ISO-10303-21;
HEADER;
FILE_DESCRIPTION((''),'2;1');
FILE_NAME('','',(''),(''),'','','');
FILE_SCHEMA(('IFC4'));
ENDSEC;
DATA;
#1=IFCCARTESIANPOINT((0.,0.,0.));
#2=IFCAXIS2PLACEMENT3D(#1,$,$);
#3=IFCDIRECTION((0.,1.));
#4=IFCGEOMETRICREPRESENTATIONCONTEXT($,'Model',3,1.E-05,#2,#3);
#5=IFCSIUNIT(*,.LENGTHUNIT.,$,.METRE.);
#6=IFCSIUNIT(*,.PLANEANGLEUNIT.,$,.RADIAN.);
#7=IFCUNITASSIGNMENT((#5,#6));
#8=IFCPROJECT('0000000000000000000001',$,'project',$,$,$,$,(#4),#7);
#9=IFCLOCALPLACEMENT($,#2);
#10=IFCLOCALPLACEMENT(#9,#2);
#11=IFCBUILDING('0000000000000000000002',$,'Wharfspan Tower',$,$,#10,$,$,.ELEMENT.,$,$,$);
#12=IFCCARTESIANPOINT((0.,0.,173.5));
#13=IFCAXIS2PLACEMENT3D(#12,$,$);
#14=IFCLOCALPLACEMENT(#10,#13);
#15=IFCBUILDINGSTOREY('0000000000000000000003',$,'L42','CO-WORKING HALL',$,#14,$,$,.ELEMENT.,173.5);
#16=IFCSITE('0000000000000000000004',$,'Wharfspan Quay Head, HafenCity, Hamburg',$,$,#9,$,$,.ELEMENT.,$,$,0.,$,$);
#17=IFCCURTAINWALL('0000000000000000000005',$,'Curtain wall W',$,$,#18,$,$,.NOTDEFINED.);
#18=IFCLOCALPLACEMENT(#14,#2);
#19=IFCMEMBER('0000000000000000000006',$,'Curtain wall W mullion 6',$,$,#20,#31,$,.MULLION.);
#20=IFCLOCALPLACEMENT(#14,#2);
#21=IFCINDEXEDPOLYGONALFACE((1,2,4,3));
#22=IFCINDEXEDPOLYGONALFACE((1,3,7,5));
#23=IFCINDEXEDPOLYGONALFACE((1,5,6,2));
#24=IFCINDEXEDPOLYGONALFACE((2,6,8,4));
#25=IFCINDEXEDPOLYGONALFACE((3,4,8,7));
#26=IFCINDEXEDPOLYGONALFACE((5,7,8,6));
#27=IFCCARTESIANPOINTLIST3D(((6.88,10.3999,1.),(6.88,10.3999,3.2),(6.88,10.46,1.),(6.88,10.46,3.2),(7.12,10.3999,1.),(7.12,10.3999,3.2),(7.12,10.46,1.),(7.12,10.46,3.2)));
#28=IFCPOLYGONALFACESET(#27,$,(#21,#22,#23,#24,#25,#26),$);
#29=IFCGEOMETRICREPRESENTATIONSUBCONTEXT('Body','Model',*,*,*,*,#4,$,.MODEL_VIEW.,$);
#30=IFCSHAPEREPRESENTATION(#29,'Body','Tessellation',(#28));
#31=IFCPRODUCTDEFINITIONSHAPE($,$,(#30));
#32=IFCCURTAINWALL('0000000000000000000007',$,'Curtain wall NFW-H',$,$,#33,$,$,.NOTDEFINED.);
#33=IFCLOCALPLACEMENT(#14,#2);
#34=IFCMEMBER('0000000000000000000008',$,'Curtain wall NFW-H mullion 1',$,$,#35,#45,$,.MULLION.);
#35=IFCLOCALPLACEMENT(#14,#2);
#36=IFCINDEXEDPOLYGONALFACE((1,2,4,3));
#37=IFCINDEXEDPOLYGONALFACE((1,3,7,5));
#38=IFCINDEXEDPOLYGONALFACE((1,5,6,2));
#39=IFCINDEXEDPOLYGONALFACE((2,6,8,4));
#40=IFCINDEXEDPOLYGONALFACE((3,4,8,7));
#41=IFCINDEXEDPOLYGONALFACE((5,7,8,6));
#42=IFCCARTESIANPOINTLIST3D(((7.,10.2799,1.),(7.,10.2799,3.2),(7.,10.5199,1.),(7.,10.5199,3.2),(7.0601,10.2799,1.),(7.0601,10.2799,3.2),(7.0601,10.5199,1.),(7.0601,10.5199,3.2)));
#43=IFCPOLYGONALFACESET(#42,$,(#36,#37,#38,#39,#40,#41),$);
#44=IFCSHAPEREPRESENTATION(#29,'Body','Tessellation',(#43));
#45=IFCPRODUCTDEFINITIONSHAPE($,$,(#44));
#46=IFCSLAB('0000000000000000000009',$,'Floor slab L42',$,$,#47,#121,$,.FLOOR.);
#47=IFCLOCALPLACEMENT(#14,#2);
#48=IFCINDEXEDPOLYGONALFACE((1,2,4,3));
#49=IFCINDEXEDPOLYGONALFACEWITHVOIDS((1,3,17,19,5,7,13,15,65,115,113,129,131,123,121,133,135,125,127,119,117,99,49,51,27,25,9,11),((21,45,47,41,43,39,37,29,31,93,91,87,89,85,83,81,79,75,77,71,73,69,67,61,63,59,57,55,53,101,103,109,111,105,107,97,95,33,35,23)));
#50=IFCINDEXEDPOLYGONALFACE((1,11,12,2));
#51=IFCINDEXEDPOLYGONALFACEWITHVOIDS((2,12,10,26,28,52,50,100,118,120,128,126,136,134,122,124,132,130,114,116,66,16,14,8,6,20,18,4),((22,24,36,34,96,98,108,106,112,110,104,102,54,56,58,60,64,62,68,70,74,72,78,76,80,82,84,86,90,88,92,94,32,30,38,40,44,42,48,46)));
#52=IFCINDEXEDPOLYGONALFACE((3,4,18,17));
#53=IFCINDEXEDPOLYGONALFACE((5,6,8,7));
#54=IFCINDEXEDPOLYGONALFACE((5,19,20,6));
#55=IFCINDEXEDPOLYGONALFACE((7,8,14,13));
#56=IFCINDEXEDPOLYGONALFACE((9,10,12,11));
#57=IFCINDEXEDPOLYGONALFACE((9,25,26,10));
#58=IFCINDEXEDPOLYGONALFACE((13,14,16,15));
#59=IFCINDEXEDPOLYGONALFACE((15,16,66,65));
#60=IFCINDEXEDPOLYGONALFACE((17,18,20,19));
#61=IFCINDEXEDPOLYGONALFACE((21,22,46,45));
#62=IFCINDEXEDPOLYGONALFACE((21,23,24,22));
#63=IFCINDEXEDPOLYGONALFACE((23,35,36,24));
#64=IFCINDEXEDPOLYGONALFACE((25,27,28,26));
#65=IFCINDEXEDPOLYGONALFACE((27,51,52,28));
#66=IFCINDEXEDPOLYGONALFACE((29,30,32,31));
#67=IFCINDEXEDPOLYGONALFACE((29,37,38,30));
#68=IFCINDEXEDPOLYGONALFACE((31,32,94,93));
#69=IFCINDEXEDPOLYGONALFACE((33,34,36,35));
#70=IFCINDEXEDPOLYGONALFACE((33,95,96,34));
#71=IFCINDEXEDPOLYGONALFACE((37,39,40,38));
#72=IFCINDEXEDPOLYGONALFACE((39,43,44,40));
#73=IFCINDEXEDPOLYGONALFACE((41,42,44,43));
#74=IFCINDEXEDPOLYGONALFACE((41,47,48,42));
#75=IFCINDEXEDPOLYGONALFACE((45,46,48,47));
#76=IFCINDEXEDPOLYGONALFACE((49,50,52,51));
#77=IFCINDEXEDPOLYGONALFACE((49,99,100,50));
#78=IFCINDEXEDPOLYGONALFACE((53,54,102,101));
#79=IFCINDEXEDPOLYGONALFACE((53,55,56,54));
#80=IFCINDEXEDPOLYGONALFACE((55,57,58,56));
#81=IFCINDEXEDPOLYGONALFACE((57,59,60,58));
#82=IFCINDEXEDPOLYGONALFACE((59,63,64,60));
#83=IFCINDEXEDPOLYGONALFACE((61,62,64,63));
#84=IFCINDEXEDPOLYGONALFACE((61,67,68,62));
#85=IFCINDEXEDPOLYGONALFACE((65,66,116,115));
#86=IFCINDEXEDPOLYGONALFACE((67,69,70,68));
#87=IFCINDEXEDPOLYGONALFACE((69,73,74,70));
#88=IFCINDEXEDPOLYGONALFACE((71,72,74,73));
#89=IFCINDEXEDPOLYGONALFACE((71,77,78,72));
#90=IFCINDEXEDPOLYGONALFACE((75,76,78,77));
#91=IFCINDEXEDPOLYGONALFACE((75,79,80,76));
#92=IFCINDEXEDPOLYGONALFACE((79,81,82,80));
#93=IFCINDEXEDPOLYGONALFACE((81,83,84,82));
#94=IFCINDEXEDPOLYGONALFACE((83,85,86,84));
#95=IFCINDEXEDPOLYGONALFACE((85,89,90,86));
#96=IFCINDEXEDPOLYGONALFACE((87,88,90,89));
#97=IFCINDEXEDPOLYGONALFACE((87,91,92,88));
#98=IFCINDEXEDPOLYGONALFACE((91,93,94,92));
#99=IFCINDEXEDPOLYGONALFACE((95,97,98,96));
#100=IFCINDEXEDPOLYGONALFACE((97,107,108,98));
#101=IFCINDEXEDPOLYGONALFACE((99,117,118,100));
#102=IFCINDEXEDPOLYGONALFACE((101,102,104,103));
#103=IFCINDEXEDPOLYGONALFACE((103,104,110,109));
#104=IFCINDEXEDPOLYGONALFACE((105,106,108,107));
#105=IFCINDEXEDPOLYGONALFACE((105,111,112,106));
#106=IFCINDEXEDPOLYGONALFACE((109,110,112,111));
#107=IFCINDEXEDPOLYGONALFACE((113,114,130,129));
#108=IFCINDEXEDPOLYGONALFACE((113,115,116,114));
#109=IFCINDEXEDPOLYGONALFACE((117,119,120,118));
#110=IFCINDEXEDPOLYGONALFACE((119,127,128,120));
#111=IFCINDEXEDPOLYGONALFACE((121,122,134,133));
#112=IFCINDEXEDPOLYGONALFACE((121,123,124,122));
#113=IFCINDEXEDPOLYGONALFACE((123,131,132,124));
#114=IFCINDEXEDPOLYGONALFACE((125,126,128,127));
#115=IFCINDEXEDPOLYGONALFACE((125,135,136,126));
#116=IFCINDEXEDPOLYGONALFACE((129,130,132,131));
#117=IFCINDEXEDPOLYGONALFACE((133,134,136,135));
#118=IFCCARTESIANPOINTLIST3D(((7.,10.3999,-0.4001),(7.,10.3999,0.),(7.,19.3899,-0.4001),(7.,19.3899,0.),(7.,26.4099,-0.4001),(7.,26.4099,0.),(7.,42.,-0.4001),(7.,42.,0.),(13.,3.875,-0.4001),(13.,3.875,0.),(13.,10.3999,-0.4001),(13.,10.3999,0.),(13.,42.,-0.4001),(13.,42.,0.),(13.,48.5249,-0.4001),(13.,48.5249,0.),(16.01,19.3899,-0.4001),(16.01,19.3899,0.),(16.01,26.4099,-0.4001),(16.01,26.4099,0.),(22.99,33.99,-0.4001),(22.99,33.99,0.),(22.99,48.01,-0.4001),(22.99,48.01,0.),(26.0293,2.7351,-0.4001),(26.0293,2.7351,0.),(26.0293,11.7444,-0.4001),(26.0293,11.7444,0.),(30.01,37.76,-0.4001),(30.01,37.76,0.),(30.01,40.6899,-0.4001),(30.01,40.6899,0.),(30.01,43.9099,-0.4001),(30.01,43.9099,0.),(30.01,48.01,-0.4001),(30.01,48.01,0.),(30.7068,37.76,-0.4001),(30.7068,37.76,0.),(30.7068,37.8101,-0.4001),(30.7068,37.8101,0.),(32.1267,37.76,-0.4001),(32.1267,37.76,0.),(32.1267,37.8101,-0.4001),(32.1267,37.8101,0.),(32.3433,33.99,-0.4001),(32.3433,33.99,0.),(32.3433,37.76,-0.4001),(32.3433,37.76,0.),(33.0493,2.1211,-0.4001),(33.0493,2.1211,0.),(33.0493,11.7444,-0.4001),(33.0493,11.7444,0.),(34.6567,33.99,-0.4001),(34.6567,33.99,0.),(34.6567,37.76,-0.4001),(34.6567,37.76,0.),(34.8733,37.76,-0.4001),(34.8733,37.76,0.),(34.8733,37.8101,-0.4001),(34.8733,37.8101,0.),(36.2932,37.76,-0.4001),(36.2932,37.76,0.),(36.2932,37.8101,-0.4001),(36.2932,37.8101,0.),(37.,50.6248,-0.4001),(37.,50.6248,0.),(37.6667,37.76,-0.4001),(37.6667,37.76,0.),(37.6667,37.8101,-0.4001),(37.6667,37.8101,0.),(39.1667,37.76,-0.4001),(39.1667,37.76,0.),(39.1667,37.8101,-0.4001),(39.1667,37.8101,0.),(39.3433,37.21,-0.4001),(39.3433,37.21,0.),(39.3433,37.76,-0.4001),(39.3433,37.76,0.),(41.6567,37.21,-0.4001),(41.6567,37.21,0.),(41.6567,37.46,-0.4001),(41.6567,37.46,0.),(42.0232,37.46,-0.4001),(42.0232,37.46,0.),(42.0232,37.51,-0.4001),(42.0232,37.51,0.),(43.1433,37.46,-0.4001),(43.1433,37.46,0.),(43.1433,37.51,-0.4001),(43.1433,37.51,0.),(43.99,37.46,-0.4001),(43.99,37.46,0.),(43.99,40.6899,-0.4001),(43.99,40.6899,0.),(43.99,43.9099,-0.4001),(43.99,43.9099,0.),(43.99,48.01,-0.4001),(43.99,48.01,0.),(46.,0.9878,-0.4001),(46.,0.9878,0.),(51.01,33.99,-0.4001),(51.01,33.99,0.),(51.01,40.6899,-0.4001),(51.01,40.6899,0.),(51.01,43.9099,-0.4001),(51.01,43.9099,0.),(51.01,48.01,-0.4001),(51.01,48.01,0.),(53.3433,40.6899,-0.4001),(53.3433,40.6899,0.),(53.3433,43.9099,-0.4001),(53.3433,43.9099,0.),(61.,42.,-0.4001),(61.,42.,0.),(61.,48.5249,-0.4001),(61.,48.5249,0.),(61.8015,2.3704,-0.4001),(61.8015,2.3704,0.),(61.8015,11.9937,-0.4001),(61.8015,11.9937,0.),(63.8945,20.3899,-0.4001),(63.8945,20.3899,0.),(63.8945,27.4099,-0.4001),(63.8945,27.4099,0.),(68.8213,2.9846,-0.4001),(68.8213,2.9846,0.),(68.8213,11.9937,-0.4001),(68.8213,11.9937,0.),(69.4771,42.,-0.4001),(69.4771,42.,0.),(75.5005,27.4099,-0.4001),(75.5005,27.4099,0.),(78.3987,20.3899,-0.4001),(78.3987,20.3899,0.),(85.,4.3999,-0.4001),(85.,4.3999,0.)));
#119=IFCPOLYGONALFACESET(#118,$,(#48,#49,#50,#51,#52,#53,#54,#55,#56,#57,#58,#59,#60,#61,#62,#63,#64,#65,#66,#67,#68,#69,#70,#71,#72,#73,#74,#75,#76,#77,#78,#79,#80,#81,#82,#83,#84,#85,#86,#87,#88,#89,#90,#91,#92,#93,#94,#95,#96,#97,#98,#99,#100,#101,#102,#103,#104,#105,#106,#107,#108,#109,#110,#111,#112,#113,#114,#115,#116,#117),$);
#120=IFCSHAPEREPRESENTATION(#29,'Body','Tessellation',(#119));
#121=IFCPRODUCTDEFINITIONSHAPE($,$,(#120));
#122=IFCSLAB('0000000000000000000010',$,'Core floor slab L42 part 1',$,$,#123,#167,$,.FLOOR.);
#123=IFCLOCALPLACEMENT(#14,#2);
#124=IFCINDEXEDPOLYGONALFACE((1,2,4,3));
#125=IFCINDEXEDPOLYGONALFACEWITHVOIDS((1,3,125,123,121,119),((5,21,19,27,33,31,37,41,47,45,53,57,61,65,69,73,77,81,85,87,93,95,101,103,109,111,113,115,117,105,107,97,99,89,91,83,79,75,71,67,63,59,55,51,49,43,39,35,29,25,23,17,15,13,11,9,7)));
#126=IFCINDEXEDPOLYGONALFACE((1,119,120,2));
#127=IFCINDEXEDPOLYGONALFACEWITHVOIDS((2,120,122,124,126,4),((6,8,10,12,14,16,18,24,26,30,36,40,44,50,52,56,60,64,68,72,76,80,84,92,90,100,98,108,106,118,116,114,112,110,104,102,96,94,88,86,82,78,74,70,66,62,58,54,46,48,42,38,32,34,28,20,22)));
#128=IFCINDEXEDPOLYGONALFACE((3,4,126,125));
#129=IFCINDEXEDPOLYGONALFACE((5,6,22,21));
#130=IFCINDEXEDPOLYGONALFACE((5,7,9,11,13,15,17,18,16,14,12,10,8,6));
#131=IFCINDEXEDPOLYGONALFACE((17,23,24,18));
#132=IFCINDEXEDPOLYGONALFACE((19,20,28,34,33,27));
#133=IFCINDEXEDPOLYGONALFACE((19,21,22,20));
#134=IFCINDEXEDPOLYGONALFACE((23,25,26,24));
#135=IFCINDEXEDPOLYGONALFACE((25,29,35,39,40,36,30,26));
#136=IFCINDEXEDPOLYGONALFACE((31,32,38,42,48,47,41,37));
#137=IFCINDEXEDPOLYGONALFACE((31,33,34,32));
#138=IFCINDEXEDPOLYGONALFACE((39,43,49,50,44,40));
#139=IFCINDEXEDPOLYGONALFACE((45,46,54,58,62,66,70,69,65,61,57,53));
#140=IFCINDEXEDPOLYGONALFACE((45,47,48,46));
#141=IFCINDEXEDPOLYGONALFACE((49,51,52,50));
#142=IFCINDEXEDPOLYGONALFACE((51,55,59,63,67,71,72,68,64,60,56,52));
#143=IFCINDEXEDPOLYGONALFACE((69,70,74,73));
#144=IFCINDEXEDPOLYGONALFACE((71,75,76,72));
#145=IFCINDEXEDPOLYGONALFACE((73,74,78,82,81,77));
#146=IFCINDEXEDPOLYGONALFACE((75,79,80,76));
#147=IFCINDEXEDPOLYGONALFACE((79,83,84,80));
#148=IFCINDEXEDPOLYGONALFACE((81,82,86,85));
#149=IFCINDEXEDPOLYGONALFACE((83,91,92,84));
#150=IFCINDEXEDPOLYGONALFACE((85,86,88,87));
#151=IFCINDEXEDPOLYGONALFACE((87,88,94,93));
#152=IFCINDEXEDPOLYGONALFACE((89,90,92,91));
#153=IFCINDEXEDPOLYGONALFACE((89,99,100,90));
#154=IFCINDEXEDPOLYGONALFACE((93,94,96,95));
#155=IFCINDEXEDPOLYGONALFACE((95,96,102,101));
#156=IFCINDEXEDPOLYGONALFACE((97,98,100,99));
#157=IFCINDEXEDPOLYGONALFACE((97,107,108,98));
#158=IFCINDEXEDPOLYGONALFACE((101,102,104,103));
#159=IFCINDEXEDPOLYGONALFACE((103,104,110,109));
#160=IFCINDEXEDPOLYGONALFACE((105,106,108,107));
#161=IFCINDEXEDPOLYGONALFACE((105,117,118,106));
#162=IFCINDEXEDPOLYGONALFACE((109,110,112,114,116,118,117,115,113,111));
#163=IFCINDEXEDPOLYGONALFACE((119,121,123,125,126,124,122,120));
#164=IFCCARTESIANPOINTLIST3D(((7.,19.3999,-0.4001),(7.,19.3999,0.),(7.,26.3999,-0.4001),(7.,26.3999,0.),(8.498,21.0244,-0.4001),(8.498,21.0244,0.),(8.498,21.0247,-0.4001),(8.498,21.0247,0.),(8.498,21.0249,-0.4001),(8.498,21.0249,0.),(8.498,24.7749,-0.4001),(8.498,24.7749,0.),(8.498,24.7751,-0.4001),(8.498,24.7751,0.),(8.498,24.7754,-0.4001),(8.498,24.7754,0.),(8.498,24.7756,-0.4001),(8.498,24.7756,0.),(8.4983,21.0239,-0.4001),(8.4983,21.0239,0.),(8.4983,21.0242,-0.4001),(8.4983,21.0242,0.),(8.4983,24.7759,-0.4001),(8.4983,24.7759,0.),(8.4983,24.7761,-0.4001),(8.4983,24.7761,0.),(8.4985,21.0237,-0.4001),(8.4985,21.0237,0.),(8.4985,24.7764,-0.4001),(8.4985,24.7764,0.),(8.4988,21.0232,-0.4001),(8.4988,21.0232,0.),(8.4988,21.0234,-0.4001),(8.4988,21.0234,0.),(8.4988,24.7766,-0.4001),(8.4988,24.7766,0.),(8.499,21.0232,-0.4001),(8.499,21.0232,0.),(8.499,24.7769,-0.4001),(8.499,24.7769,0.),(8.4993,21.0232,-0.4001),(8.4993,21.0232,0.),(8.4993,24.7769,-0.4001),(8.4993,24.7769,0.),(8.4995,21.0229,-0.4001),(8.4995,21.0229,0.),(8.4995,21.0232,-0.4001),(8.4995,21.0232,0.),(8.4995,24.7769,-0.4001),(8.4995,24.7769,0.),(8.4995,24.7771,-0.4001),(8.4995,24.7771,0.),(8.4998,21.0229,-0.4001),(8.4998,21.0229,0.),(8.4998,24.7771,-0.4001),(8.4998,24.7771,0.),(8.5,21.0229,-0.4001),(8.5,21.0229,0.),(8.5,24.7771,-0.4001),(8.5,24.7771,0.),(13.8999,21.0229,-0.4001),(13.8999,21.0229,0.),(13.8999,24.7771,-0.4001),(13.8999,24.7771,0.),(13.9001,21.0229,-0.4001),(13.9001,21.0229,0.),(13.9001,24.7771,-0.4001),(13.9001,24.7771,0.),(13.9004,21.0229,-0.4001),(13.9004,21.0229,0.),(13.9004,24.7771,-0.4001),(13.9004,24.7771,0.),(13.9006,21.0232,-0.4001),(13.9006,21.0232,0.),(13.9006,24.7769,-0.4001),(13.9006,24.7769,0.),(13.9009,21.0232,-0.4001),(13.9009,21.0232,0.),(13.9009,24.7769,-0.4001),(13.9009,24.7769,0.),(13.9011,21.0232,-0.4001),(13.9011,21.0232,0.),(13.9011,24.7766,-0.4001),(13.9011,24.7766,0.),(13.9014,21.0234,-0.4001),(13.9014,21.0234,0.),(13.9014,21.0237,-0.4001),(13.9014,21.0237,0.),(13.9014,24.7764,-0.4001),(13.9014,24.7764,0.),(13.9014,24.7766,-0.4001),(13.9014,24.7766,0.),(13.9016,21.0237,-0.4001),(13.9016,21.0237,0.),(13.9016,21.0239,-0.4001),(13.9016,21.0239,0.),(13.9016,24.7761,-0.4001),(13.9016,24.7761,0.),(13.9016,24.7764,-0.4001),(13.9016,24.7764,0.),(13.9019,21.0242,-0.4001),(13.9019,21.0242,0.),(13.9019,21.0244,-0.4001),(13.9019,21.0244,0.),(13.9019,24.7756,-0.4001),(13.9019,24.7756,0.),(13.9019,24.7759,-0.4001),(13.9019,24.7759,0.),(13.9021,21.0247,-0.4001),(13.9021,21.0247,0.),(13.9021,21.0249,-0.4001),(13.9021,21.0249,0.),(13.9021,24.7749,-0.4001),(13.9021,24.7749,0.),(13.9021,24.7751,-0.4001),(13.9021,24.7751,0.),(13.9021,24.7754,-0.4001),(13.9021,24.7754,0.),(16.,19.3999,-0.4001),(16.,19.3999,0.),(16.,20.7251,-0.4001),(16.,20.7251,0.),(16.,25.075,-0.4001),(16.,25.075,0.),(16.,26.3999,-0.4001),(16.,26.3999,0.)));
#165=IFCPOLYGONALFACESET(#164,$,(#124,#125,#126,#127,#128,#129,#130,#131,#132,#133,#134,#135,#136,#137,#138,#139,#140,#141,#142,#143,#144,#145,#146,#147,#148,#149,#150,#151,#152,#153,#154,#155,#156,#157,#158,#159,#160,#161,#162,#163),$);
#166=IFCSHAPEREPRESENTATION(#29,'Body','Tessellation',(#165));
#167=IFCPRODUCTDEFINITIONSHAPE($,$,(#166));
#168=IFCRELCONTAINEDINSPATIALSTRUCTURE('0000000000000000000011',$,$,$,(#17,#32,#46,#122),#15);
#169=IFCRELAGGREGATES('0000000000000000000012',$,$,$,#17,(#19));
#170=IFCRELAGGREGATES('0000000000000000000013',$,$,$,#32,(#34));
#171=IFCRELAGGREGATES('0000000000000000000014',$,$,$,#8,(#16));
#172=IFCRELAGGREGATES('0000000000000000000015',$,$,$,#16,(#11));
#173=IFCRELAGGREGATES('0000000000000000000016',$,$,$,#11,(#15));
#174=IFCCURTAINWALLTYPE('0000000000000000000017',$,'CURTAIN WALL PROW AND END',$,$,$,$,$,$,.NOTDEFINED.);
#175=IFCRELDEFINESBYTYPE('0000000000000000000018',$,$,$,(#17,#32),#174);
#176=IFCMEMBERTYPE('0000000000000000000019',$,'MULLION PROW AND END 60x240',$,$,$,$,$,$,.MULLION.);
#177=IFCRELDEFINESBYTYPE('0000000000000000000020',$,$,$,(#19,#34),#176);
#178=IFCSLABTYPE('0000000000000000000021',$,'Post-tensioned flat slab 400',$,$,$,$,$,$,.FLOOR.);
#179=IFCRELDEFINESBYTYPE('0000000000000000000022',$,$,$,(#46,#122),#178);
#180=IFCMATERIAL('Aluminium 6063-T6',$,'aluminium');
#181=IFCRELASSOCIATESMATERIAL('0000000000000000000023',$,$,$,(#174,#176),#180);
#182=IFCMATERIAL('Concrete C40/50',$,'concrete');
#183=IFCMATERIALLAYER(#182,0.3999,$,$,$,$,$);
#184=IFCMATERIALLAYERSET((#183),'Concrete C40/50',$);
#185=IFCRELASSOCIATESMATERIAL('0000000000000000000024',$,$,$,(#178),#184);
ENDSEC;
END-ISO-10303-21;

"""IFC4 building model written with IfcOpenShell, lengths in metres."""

from ifc_helpers import new_model, si_unit, direction, frame, origin, origin_2d, place, context, subcontext, project, spatial, polyline, rectangle, outline, extrude, material, layer, layer_set, material_profile, profile_set, type_object, element, aggregate, save


model = new_model("IFC4")

# Units and contexts
model_context = context("Model", 3, precision=1e-05, world=origin(), true_north=direction((0.0, 1.0)))
body_context = subcontext(model_context, "Body", "Model", "MODEL_VIEW")
ifc_project = project(units=[si_unit("LENGTHUNIT", "METRE"), si_unit("PLANEANGLEUNIT", "RADIAN")], contexts=[model_context])

# Site, building, storey
site_placement = place(None, origin())
site = spatial("IfcSite", under=ifc_project, at=site_placement, Name="Wharfspan Quay Head, HafenCity, Hamburg", CompositionType="ELEMENT", RefElevation=0.0)
building_placement = place(site_placement, origin())
building = spatial("IfcBuilding", under=site, at=building_placement, Name="Wharfspan Tower", CompositionType="ELEMENT")
storey_placement = place(building_placement, frame((0.0, 0.0, 173.5)))
storey = spatial("IfcBuildingStorey", under=building, at=storey_placement, Name="L42", Description="CO-WORKING HALL", CompositionType="ELEMENT", Elevation=173.5)

# Curtain walls, members
ifc_material_1 = material(Name="Aluminium 6063-T6", Category="aluminium")
curtain_wall_type = type_object("IfcCurtainWallType", Name="CURTAIN WALL PROW AND END", PredefinedType="NOTDEFINED", material=ifc_material_1)
curtain_wall_1_placement = place(storey_placement, origin())
curtain_wall_1 = element("IfcCurtainWall", 1, at=curtain_wall_1_placement, inside=storey, type_object=curtain_wall_type, Name="Curtain wall W", PredefinedType="NOTDEFINED")
ifc_material_profile = material_profile(ifc_material_1, rectangle(XDim=0.24, YDim=0.0601, at=origin_2d()))
ifc_profile_set = profile_set([ifc_material_profile], Name="Aluminium 6063-T6")
member_type = type_object("IfcMemberType", Name="MULLION PROW AND END 60x240", PredefinedType="MULLION", material=ifc_profile_set)
member_1_placement = place(storey_placement, frame((7.0, 10.4299, 1.0), z_axis=(0.0, 0.0, 1.0), x_axis=(1.0, 0.0, 0.0)))
member_1 = element("IfcMember", 2, at=member_1_placement, type_object=member_type, Name="Curtain wall W mullion 6", PredefinedType="MULLION", context=body_context, shape_type="SweptSolid", body=[
    extrude(rectangle(XDim=0.24, YDim=0.0601, at=origin_2d()), origin(), (0.0, 0.0, 1.0), 2.2),
])
aggregate(curtain_wall_1, [member_1])
curtain_wall_2_placement = place(storey_placement, origin())
curtain_wall_2 = element("IfcCurtainWall", 3, at=curtain_wall_2_placement, inside=storey, type_object=curtain_wall_type, Name="Curtain wall NFW-H", PredefinedType="NOTDEFINED")
member_2_placement = place(storey_placement, frame((7.03, 10.3999, 1.0), z_axis=(0.0, 0.0, 1.0), x_axis=(0.0, 1.0, 0.0)))
member_2 = element("IfcMember", 4, at=member_2_placement, type_object=member_type, Name="Curtain wall NFW-H mullion 1", PredefinedType="MULLION", context=body_context, shape_type="SweptSolid", body=[
    extrude(rectangle(XDim=0.24, YDim=0.0601, at=origin_2d()), origin(), (0.0, 0.0, 1.0), 2.2),
])
aggregate(curtain_wall_2, [member_2])

# Slabs
ifc_material_2 = material(Name="Concrete C40/50", Category="concrete")
ifc_layer_1 = layer(ifc_material_2, 0.3999)
ifc_layer_set_1 = layer_set([ifc_layer_1], Name="Concrete C40/50")
slab_type_1 = type_object("IfcSlabType", Name="Post-tensioned flat slab 400", PredefinedType="FLOOR", material=ifc_layer_set_1)
slab_1_placement = place(storey_placement, frame((0.0, 0.0, -0.4001)))
element("IfcSlab", 5, at=slab_1_placement, inside=storey, type_object=slab_type_1, Name="Floor slab L42", PredefinedType="FLOOR", context=body_context, shape_type="SweptSolid", body=[
    extrude(outline(polyline([(26.0293, 2.7351), (26.0293, 11.7444), (33.0493, 11.7444), (33.0493, 2.1211), (46.0, 0.9878), (61.8015, 2.3704), (61.8015, 11.9937), (68.8213, 11.9937), (68.8213, 2.9846), (85.0, 4.3999), (78.3987, 20.3899), (63.8945, 20.3899), (63.8945, 27.4099), (75.5005, 27.4099), (69.4771, 42.0), (61.0, 42.0), (61.0, 48.5249), (37.0, 50.6248), (13.0, 48.5249), (13.0, 42.0), (7.0, 42.0), (7.0, 26.4099), (16.01, 26.4099), (16.01, 19.3899), (7.0, 19.3899), (7.0, 10.3999), (13.0, 10.3999), (13.0, 3.875), (26.0293, 2.7351)]), holes=[polyline([(32.1267, 37.76), (32.3433, 37.76), (32.3433, 33.99), (22.99, 33.99), (22.99, 48.01), (30.01, 48.01), (30.01, 43.9099), (43.99, 43.9099), (43.99, 48.01), (51.01, 48.01), (51.01, 43.9099), (53.3433, 43.9099), (53.3433, 40.6899), (51.01, 40.6899), (51.01, 33.99), (34.6567, 33.99), (34.6567, 37.76), (34.8733, 37.76), (34.8733, 37.8101), (36.2932, 37.8101), (36.2932, 37.76), (37.6667, 37.76), (37.6667, 37.8101), (39.1667, 37.8101), (39.1667, 37.76), (39.3433, 37.76), (39.3433, 37.21), (41.6567, 37.21), (41.6567, 37.46), (42.0232, 37.46), (42.0232, 37.51), (43.1433, 37.51), (43.1433, 37.46), (43.99, 37.46), (43.99, 40.6899), (30.01, 40.6899), (30.01, 37.76), (30.7068, 37.76), (30.7068, 37.8101), (32.1267, 37.8101), (32.1267, 37.76)])]), origin(), (0.0, 0.0, 1.0), 0.4001),
])
slab_2_placement = place(storey_placement, frame((0.0, 0.0, -0.4001)))
element("IfcSlab", 6, at=slab_2_placement, inside=storey, type_object=slab_type_1, Name="Core floor slab L42 part 1", PredefinedType="FLOOR", context=body_context, shape_type="SweptSolid", body=[
    extrude(outline(polyline([(16.0, 20.7251), (16.0, 25.075), (16.0, 26.3999), (7.0, 26.3999), (7.0, 19.3999), (16.0, 19.3999), (16.0, 20.7251)]), holes=[polyline([(13.8999, 24.7771), (13.9001, 24.7771), (13.9004, 24.7771), (13.9006, 24.7769), (13.9009, 24.7769), (13.9009, 24.7769), (13.9011, 24.7766), (13.9014, 24.7766), (13.9014, 24.7764), (13.9016, 24.7764), (13.9016, 24.7761), (13.9019, 24.7759), (13.9019, 24.7759), (13.9019, 24.7756), (13.9021, 24.7754), (13.9021, 24.7751), (13.9021, 24.7749), (13.9021, 21.0249), (13.9021, 21.0249), (13.9021, 21.0247), (13.9019, 21.0244), (13.9019, 21.0242), (13.9019, 21.0242), (13.9016, 21.0239), (13.9016, 21.0237), (13.9014, 21.0237), (13.9014, 21.0234), (13.9011, 21.0232), (13.9009, 21.0232), (13.9009, 21.0232), (13.9006, 21.0232), (13.9004, 21.0229), (13.9001, 21.0229), (13.8999, 21.0229), (8.5, 21.0229), (8.4998, 21.0229), (8.4995, 21.0229), (8.4995, 21.0232), (8.4993, 21.0232), (8.499, 21.0232), (8.4988, 21.0232), (8.4988, 21.0234), (8.4985, 21.0237), (8.4985, 21.0237), (8.4983, 21.0239), (8.4983, 21.0242), (8.4983, 21.0242), (8.498, 21.0244), (8.498, 21.0247), (8.498, 21.0249), (8.498, 21.0249), (8.498, 24.7749), (8.498, 24.7751), (8.498, 24.7754), (8.498, 24.7756), (8.4983, 24.7759), (8.4983, 24.7759), (8.4983, 24.7761), (8.4985, 24.7764), (8.4985, 24.7764), (8.4988, 24.7766), (8.4988, 24.7766), (8.499, 24.7769), (8.4993, 24.7769), (8.4995, 24.7769), (8.4995, 24.7771), (8.4998, 24.7771), (8.5, 24.7771), (13.8999, 24.7771)])]), origin(), (0.0, 0.0, 1.0), 0.4001),
])

save(model, "model.ifc")
